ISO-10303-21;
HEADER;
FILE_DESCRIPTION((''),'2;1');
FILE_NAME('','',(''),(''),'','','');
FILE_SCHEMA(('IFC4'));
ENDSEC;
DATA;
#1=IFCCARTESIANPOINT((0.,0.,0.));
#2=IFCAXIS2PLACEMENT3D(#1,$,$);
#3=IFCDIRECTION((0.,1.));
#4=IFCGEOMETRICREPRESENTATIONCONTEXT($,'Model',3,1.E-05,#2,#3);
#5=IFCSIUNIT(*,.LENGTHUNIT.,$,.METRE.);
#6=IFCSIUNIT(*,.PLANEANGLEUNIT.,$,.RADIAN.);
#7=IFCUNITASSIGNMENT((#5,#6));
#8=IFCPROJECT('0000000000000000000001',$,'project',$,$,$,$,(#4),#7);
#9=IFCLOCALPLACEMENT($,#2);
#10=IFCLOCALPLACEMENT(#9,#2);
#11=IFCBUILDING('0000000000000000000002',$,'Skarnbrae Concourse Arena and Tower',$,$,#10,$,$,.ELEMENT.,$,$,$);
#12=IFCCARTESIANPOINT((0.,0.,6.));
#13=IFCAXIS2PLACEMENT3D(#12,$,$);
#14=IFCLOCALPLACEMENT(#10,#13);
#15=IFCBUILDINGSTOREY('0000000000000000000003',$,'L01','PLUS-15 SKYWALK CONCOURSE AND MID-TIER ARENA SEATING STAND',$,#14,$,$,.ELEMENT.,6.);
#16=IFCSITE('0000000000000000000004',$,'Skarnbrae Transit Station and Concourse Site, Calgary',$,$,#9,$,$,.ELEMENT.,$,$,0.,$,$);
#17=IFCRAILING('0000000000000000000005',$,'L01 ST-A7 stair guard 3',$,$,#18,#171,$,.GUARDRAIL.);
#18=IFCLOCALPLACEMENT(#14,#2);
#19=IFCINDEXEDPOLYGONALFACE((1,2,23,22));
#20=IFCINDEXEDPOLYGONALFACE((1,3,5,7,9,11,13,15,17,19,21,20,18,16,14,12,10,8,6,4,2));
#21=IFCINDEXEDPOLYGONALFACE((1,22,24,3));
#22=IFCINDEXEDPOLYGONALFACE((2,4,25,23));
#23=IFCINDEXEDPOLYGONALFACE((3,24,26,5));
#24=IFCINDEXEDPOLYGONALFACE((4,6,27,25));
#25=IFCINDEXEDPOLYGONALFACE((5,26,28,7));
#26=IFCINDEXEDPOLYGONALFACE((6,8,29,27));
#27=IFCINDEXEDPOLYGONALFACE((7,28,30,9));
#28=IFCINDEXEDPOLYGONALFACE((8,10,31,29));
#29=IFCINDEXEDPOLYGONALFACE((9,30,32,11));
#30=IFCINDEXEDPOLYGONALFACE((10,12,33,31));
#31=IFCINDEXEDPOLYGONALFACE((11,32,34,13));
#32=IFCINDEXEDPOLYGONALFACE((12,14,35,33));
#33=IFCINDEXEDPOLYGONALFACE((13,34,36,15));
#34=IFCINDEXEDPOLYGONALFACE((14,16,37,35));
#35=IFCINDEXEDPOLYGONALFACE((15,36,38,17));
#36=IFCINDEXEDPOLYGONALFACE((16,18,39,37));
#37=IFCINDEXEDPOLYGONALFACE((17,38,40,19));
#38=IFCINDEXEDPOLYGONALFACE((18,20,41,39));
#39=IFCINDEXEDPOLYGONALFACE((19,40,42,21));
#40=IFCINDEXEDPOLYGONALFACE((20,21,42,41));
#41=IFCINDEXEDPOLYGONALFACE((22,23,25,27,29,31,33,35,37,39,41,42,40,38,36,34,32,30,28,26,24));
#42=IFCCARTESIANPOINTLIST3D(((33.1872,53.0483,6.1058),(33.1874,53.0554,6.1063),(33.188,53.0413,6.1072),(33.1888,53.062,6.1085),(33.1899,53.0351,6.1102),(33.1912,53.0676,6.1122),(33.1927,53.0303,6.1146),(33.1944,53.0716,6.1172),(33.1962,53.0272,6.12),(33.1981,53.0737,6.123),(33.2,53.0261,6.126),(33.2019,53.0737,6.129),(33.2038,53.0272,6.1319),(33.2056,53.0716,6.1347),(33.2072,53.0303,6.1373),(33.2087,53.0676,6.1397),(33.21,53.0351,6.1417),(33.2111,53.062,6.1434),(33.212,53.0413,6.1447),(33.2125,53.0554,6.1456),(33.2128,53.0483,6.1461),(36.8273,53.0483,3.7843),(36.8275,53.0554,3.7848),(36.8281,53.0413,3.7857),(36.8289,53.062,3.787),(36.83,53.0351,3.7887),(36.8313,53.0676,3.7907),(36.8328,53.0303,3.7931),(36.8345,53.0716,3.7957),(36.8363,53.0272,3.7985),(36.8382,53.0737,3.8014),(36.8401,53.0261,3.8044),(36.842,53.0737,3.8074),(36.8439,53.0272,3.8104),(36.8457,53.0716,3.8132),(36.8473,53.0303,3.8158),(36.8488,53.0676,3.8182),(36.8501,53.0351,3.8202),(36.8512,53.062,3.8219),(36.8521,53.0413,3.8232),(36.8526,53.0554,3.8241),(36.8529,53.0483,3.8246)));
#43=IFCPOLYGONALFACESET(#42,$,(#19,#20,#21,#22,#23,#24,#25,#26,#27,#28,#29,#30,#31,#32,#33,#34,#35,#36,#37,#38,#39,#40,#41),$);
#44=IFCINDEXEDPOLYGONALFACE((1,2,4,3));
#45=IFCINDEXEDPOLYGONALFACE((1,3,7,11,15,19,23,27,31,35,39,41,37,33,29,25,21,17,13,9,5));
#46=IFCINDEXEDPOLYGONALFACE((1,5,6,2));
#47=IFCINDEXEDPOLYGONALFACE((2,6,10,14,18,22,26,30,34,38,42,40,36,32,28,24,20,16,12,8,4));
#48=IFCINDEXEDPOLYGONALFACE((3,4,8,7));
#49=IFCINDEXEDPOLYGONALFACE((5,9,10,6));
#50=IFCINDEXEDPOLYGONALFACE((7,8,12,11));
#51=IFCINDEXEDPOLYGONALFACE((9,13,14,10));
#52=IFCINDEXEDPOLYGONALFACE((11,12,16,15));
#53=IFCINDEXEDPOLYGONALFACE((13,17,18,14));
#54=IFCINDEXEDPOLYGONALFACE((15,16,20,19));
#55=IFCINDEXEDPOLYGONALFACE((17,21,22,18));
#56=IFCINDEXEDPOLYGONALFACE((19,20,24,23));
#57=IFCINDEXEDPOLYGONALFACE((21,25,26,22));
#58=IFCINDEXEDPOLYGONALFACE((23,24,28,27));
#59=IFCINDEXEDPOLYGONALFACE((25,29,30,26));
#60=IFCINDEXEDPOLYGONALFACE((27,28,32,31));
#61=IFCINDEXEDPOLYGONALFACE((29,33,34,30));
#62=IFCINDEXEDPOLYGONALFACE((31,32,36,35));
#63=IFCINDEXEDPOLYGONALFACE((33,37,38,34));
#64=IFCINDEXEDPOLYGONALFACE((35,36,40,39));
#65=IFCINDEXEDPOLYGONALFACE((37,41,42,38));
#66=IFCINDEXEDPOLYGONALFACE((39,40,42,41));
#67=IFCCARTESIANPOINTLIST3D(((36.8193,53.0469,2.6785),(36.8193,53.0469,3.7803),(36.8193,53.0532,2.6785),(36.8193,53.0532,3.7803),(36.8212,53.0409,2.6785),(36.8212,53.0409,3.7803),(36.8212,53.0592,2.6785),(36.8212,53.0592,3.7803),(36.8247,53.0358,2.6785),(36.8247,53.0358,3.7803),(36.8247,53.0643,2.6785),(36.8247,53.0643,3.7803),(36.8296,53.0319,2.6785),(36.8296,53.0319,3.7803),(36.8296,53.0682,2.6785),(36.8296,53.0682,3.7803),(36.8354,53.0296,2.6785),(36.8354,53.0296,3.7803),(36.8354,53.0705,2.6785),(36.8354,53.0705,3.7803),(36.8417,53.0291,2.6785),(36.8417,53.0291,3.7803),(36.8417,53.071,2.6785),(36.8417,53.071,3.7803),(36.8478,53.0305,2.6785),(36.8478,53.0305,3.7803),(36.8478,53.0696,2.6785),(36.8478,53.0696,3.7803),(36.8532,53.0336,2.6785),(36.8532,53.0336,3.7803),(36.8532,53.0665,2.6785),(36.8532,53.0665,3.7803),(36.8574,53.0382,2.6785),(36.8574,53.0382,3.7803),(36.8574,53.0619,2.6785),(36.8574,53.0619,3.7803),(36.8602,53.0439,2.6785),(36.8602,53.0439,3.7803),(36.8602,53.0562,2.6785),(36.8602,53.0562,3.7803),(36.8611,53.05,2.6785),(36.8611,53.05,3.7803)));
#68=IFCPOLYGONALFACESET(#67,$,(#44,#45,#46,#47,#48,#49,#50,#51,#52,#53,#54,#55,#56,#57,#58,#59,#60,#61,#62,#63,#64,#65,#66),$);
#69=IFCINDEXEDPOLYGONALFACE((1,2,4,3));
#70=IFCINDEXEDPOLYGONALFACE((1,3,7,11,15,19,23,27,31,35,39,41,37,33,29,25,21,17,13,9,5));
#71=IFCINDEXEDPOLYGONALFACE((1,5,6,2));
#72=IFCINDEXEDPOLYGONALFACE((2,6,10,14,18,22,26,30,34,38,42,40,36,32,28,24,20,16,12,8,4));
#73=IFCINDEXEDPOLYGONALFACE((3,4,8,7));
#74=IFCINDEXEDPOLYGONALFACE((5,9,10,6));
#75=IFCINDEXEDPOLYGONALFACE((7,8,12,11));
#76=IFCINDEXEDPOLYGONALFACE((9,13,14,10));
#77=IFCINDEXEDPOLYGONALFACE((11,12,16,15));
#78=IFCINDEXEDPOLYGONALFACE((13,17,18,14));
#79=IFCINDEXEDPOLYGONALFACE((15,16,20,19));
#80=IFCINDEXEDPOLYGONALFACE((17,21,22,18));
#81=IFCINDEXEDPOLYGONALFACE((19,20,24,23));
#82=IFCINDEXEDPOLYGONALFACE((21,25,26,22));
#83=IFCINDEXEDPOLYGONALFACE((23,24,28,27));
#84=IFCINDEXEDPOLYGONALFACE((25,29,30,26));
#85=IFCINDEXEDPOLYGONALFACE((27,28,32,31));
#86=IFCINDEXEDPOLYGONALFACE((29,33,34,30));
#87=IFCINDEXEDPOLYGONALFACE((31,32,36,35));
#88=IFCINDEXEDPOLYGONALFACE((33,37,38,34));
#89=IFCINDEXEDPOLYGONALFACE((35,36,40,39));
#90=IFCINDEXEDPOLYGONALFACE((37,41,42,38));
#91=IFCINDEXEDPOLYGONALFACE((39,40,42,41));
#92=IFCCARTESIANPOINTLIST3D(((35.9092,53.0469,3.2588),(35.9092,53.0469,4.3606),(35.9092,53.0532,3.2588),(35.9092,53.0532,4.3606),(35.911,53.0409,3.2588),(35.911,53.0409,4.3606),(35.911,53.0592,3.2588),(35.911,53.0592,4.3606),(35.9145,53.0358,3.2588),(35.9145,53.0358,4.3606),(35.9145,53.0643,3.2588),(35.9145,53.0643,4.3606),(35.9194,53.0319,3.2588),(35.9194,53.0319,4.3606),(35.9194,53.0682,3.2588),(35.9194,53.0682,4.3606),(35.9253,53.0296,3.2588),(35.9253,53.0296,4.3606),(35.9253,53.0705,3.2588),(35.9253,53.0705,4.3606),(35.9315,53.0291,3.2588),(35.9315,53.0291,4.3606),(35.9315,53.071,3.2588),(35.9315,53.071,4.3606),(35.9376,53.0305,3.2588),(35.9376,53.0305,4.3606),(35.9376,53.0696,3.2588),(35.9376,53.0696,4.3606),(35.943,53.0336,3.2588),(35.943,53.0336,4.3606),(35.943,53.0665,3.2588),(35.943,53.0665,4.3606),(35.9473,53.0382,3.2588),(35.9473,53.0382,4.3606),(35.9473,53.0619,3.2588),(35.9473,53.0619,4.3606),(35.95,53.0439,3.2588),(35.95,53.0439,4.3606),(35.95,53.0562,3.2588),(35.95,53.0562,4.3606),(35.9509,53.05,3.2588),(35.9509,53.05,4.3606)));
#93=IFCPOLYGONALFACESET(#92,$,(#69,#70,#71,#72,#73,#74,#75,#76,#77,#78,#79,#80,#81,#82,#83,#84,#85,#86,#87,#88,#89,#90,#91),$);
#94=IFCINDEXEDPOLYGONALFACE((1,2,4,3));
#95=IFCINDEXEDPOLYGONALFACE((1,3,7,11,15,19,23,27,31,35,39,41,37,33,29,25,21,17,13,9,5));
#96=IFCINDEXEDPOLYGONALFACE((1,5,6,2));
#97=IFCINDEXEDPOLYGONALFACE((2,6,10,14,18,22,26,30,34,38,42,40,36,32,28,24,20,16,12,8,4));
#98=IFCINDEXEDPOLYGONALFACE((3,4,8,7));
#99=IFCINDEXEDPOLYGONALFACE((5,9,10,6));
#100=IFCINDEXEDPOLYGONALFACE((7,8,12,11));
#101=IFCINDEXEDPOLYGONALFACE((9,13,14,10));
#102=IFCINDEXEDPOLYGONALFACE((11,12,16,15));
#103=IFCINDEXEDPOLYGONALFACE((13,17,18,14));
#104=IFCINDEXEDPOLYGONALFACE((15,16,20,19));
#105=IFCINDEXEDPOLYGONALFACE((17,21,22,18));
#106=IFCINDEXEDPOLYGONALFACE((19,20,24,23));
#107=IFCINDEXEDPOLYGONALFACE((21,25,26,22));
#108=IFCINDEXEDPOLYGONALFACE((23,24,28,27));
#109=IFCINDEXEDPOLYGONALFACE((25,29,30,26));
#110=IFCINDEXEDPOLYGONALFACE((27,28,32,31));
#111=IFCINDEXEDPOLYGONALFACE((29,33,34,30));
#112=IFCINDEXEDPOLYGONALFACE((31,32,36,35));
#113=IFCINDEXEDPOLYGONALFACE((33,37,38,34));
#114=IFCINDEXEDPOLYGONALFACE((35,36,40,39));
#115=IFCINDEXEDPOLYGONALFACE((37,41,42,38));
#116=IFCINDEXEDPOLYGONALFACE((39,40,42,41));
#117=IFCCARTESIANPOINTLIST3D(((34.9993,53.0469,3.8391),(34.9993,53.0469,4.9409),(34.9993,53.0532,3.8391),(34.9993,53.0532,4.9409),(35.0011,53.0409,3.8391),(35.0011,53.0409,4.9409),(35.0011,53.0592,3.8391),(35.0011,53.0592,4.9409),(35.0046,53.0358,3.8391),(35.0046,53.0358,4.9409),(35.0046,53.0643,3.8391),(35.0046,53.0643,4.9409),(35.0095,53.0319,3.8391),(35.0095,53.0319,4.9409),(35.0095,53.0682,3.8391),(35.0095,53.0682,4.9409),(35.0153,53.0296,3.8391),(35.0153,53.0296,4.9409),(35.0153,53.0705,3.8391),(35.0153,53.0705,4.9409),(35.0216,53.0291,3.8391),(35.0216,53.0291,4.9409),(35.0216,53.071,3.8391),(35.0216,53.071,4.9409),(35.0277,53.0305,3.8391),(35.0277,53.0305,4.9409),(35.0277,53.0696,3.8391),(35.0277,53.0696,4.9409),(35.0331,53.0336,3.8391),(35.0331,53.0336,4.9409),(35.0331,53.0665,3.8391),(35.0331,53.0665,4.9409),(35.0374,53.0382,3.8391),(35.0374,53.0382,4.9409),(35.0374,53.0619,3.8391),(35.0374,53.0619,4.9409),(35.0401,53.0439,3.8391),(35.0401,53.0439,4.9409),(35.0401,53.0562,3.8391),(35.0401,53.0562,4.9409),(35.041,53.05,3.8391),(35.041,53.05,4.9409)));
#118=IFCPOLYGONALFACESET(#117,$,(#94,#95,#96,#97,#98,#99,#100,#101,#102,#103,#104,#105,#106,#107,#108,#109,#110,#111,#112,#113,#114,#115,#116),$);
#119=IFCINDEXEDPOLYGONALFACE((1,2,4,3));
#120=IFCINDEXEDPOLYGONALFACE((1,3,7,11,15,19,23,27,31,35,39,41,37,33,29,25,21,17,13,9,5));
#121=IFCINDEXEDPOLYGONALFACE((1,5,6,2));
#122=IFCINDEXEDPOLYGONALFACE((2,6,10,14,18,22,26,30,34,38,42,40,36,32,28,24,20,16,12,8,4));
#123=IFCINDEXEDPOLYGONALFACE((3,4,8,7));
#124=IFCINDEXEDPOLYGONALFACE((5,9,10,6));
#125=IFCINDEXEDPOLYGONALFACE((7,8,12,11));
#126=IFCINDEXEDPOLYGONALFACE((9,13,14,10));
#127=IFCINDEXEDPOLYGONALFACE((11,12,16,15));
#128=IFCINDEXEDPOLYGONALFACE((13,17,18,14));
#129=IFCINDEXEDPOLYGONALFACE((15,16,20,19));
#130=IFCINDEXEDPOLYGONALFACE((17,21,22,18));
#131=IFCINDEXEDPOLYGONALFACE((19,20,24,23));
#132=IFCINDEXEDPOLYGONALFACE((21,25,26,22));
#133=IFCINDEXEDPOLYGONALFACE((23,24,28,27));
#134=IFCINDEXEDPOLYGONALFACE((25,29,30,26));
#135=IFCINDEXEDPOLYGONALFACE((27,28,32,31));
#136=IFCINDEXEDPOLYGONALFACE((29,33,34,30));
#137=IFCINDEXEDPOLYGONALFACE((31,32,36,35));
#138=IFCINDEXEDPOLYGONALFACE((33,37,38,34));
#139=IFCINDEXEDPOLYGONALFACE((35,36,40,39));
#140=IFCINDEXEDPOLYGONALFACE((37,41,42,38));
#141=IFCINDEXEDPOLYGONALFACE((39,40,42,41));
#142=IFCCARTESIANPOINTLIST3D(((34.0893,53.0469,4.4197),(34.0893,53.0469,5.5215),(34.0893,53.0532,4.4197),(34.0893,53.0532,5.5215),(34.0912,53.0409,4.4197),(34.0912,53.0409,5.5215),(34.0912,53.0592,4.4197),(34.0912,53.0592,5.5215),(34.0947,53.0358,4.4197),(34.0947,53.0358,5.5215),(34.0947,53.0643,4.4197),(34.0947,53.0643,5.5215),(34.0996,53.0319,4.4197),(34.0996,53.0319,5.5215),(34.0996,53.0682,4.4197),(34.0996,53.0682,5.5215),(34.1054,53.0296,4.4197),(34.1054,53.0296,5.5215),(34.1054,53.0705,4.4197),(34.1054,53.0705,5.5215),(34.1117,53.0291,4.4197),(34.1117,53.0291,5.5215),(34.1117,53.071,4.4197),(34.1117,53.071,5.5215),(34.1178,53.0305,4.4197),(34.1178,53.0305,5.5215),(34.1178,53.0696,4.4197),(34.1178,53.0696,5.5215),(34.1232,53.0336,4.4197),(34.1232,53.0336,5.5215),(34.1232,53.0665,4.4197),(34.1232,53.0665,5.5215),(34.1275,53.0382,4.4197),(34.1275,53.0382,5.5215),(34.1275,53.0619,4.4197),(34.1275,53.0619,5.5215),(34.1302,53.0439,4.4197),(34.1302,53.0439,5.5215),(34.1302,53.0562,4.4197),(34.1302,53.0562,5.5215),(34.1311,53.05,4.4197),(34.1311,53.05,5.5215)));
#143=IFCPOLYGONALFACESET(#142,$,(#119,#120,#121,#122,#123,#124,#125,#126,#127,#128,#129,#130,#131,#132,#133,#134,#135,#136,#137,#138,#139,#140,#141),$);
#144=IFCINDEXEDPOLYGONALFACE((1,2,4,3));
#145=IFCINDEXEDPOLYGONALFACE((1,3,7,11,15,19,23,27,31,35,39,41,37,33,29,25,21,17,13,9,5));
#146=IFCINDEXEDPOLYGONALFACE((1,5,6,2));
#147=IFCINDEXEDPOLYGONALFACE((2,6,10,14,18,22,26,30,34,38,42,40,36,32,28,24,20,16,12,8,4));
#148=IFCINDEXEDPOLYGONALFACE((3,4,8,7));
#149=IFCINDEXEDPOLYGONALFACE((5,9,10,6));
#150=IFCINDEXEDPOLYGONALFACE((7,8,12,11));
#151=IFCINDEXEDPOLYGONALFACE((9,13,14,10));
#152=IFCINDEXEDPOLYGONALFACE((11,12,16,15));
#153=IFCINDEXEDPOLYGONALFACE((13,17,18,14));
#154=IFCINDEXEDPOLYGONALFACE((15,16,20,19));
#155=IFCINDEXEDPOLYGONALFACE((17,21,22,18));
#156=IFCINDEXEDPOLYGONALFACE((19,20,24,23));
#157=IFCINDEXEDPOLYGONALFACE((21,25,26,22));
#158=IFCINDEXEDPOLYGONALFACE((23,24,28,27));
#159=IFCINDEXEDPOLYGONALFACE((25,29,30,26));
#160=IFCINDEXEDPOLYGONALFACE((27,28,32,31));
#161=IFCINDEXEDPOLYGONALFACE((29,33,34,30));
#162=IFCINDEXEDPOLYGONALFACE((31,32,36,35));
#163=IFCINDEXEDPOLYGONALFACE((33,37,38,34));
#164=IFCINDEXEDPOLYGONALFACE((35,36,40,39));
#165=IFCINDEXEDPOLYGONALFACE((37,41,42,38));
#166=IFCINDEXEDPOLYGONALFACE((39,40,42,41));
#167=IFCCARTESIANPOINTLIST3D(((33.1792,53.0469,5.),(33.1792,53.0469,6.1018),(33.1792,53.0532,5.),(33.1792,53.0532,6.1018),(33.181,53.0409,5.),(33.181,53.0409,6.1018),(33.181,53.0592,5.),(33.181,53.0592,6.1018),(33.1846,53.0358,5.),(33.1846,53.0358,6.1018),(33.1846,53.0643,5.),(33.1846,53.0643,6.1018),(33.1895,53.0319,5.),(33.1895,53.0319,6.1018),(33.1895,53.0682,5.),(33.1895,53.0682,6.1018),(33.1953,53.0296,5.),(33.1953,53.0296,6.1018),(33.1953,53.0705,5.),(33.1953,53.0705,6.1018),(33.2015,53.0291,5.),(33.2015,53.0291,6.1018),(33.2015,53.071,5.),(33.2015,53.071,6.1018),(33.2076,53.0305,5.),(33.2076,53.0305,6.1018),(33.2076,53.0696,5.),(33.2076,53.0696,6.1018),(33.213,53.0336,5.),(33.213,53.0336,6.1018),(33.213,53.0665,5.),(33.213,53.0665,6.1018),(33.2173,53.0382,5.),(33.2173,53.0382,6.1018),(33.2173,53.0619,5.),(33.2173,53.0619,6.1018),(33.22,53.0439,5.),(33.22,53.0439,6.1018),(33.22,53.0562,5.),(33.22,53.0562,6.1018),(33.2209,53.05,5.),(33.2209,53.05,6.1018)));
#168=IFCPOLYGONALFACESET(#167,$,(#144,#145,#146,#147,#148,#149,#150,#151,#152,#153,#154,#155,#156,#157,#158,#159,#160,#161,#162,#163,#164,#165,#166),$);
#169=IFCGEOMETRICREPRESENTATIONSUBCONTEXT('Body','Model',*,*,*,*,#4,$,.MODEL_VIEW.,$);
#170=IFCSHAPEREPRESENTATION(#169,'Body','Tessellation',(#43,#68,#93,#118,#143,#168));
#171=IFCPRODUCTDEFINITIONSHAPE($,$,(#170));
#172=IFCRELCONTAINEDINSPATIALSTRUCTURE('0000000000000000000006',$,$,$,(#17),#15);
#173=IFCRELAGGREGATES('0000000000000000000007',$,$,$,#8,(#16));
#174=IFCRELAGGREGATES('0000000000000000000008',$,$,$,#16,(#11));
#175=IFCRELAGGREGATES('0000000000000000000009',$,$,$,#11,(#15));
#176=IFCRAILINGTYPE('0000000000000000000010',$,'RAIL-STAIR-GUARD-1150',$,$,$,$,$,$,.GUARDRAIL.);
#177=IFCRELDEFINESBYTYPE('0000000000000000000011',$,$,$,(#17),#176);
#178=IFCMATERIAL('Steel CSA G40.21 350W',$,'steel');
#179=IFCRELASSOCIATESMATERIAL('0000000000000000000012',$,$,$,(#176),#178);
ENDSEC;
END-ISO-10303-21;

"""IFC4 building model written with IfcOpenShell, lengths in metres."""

from ifc_helpers import new_model, si_unit, direction, frame, origin, origin_2d, place, context, subcontext, project, spatial, circle, extrude, material, type_object, element, save


model = new_model("IFC4")

# Units and contexts
model_context = context("Model", 3, precision=1e-05, world=origin(), true_north=direction((0.0, 1.0)))
body_context = subcontext(model_context, "Body", "Model", "MODEL_VIEW")
ifc_project = project(units=[si_unit("LENGTHUNIT", "METRE"), si_unit("PLANEANGLEUNIT", "RADIAN")], contexts=[model_context])

# Site, building, storey
site_placement = place(None, origin())
site = spatial("IfcSite", under=ifc_project, at=site_placement, Name="Skarnbrae Transit Station and Concourse Site, Calgary", CompositionType="ELEMENT", RefElevation=0.0)
building_placement = place(site_placement, origin())
building = spatial("IfcBuilding", under=site, at=building_placement, Name="Skarnbrae Concourse Arena and Tower", CompositionType="ELEMENT")
storey_placement = place(building_placement, frame((0.0, 0.0, 6.0)))
storey = spatial("IfcBuildingStorey", under=building, at=storey_placement, Name="L01", Description="PLUS-15 SKYWALK CONCOURSE AND MID-TIER ARENA SEATING STAND", CompositionType="ELEMENT", Elevation=6.0)

# Shared definitions
ifc_material_1 = material(Name="Steel CSA G40.21 350W", Category="steel")

# Railing
railing_type_1 = type_object("IfcRailingType", Name="RAIL-STAIR-GUARD-1150", PredefinedType="GUARDRAIL", material=ifc_material_1)
railing_1_placement = place(storey_placement, frame((36.8401, 53.05, 2.6785)))
element("IfcRailing", 1, at=railing_1_placement, inside=storey, type_object=railing_type_1, Name="L01 ST-A7 stair guard 3", PredefinedType="GUARDRAIL", context=body_context, shape_type="SweptSolid", body=[
    extrude(circle(Radius=0.0239, at=origin_2d()), frame((0.0, 0.0, 1.126), z_axis=(-0.843128, 0.0, 0.537713), x_axis=(0.0, -1.0, 0.0)), (0.0, 0.0, 1.0), 4.3174),
    extrude(circle(Radius=0.021, at=origin_2d()), origin(), (0.0, 0.0, 1.0), 1.1018),
    extrude(circle(Radius=0.021, at=origin_2d()), frame((-0.9102, 0.0, 0.5803)), (0.0, 0.0, 1.0), 1.1018),
    extrude(circle(Radius=0.021, at=origin_2d()), frame((-1.8201, 0.0, 1.1606)), (0.0, 0.0, 1.0), 1.1018),
    extrude(circle(Radius=0.021, at=origin_2d()), frame((-2.73, 0.0, 1.7412)), (0.0, 0.0, 1.0), 1.1018),
    extrude(circle(Radius=0.021, at=origin_2d()), frame((-3.6401, 0.0, 2.3215)), (0.0, 0.0, 1.0), 1.1018),
])

save(model, "model.ifc")
